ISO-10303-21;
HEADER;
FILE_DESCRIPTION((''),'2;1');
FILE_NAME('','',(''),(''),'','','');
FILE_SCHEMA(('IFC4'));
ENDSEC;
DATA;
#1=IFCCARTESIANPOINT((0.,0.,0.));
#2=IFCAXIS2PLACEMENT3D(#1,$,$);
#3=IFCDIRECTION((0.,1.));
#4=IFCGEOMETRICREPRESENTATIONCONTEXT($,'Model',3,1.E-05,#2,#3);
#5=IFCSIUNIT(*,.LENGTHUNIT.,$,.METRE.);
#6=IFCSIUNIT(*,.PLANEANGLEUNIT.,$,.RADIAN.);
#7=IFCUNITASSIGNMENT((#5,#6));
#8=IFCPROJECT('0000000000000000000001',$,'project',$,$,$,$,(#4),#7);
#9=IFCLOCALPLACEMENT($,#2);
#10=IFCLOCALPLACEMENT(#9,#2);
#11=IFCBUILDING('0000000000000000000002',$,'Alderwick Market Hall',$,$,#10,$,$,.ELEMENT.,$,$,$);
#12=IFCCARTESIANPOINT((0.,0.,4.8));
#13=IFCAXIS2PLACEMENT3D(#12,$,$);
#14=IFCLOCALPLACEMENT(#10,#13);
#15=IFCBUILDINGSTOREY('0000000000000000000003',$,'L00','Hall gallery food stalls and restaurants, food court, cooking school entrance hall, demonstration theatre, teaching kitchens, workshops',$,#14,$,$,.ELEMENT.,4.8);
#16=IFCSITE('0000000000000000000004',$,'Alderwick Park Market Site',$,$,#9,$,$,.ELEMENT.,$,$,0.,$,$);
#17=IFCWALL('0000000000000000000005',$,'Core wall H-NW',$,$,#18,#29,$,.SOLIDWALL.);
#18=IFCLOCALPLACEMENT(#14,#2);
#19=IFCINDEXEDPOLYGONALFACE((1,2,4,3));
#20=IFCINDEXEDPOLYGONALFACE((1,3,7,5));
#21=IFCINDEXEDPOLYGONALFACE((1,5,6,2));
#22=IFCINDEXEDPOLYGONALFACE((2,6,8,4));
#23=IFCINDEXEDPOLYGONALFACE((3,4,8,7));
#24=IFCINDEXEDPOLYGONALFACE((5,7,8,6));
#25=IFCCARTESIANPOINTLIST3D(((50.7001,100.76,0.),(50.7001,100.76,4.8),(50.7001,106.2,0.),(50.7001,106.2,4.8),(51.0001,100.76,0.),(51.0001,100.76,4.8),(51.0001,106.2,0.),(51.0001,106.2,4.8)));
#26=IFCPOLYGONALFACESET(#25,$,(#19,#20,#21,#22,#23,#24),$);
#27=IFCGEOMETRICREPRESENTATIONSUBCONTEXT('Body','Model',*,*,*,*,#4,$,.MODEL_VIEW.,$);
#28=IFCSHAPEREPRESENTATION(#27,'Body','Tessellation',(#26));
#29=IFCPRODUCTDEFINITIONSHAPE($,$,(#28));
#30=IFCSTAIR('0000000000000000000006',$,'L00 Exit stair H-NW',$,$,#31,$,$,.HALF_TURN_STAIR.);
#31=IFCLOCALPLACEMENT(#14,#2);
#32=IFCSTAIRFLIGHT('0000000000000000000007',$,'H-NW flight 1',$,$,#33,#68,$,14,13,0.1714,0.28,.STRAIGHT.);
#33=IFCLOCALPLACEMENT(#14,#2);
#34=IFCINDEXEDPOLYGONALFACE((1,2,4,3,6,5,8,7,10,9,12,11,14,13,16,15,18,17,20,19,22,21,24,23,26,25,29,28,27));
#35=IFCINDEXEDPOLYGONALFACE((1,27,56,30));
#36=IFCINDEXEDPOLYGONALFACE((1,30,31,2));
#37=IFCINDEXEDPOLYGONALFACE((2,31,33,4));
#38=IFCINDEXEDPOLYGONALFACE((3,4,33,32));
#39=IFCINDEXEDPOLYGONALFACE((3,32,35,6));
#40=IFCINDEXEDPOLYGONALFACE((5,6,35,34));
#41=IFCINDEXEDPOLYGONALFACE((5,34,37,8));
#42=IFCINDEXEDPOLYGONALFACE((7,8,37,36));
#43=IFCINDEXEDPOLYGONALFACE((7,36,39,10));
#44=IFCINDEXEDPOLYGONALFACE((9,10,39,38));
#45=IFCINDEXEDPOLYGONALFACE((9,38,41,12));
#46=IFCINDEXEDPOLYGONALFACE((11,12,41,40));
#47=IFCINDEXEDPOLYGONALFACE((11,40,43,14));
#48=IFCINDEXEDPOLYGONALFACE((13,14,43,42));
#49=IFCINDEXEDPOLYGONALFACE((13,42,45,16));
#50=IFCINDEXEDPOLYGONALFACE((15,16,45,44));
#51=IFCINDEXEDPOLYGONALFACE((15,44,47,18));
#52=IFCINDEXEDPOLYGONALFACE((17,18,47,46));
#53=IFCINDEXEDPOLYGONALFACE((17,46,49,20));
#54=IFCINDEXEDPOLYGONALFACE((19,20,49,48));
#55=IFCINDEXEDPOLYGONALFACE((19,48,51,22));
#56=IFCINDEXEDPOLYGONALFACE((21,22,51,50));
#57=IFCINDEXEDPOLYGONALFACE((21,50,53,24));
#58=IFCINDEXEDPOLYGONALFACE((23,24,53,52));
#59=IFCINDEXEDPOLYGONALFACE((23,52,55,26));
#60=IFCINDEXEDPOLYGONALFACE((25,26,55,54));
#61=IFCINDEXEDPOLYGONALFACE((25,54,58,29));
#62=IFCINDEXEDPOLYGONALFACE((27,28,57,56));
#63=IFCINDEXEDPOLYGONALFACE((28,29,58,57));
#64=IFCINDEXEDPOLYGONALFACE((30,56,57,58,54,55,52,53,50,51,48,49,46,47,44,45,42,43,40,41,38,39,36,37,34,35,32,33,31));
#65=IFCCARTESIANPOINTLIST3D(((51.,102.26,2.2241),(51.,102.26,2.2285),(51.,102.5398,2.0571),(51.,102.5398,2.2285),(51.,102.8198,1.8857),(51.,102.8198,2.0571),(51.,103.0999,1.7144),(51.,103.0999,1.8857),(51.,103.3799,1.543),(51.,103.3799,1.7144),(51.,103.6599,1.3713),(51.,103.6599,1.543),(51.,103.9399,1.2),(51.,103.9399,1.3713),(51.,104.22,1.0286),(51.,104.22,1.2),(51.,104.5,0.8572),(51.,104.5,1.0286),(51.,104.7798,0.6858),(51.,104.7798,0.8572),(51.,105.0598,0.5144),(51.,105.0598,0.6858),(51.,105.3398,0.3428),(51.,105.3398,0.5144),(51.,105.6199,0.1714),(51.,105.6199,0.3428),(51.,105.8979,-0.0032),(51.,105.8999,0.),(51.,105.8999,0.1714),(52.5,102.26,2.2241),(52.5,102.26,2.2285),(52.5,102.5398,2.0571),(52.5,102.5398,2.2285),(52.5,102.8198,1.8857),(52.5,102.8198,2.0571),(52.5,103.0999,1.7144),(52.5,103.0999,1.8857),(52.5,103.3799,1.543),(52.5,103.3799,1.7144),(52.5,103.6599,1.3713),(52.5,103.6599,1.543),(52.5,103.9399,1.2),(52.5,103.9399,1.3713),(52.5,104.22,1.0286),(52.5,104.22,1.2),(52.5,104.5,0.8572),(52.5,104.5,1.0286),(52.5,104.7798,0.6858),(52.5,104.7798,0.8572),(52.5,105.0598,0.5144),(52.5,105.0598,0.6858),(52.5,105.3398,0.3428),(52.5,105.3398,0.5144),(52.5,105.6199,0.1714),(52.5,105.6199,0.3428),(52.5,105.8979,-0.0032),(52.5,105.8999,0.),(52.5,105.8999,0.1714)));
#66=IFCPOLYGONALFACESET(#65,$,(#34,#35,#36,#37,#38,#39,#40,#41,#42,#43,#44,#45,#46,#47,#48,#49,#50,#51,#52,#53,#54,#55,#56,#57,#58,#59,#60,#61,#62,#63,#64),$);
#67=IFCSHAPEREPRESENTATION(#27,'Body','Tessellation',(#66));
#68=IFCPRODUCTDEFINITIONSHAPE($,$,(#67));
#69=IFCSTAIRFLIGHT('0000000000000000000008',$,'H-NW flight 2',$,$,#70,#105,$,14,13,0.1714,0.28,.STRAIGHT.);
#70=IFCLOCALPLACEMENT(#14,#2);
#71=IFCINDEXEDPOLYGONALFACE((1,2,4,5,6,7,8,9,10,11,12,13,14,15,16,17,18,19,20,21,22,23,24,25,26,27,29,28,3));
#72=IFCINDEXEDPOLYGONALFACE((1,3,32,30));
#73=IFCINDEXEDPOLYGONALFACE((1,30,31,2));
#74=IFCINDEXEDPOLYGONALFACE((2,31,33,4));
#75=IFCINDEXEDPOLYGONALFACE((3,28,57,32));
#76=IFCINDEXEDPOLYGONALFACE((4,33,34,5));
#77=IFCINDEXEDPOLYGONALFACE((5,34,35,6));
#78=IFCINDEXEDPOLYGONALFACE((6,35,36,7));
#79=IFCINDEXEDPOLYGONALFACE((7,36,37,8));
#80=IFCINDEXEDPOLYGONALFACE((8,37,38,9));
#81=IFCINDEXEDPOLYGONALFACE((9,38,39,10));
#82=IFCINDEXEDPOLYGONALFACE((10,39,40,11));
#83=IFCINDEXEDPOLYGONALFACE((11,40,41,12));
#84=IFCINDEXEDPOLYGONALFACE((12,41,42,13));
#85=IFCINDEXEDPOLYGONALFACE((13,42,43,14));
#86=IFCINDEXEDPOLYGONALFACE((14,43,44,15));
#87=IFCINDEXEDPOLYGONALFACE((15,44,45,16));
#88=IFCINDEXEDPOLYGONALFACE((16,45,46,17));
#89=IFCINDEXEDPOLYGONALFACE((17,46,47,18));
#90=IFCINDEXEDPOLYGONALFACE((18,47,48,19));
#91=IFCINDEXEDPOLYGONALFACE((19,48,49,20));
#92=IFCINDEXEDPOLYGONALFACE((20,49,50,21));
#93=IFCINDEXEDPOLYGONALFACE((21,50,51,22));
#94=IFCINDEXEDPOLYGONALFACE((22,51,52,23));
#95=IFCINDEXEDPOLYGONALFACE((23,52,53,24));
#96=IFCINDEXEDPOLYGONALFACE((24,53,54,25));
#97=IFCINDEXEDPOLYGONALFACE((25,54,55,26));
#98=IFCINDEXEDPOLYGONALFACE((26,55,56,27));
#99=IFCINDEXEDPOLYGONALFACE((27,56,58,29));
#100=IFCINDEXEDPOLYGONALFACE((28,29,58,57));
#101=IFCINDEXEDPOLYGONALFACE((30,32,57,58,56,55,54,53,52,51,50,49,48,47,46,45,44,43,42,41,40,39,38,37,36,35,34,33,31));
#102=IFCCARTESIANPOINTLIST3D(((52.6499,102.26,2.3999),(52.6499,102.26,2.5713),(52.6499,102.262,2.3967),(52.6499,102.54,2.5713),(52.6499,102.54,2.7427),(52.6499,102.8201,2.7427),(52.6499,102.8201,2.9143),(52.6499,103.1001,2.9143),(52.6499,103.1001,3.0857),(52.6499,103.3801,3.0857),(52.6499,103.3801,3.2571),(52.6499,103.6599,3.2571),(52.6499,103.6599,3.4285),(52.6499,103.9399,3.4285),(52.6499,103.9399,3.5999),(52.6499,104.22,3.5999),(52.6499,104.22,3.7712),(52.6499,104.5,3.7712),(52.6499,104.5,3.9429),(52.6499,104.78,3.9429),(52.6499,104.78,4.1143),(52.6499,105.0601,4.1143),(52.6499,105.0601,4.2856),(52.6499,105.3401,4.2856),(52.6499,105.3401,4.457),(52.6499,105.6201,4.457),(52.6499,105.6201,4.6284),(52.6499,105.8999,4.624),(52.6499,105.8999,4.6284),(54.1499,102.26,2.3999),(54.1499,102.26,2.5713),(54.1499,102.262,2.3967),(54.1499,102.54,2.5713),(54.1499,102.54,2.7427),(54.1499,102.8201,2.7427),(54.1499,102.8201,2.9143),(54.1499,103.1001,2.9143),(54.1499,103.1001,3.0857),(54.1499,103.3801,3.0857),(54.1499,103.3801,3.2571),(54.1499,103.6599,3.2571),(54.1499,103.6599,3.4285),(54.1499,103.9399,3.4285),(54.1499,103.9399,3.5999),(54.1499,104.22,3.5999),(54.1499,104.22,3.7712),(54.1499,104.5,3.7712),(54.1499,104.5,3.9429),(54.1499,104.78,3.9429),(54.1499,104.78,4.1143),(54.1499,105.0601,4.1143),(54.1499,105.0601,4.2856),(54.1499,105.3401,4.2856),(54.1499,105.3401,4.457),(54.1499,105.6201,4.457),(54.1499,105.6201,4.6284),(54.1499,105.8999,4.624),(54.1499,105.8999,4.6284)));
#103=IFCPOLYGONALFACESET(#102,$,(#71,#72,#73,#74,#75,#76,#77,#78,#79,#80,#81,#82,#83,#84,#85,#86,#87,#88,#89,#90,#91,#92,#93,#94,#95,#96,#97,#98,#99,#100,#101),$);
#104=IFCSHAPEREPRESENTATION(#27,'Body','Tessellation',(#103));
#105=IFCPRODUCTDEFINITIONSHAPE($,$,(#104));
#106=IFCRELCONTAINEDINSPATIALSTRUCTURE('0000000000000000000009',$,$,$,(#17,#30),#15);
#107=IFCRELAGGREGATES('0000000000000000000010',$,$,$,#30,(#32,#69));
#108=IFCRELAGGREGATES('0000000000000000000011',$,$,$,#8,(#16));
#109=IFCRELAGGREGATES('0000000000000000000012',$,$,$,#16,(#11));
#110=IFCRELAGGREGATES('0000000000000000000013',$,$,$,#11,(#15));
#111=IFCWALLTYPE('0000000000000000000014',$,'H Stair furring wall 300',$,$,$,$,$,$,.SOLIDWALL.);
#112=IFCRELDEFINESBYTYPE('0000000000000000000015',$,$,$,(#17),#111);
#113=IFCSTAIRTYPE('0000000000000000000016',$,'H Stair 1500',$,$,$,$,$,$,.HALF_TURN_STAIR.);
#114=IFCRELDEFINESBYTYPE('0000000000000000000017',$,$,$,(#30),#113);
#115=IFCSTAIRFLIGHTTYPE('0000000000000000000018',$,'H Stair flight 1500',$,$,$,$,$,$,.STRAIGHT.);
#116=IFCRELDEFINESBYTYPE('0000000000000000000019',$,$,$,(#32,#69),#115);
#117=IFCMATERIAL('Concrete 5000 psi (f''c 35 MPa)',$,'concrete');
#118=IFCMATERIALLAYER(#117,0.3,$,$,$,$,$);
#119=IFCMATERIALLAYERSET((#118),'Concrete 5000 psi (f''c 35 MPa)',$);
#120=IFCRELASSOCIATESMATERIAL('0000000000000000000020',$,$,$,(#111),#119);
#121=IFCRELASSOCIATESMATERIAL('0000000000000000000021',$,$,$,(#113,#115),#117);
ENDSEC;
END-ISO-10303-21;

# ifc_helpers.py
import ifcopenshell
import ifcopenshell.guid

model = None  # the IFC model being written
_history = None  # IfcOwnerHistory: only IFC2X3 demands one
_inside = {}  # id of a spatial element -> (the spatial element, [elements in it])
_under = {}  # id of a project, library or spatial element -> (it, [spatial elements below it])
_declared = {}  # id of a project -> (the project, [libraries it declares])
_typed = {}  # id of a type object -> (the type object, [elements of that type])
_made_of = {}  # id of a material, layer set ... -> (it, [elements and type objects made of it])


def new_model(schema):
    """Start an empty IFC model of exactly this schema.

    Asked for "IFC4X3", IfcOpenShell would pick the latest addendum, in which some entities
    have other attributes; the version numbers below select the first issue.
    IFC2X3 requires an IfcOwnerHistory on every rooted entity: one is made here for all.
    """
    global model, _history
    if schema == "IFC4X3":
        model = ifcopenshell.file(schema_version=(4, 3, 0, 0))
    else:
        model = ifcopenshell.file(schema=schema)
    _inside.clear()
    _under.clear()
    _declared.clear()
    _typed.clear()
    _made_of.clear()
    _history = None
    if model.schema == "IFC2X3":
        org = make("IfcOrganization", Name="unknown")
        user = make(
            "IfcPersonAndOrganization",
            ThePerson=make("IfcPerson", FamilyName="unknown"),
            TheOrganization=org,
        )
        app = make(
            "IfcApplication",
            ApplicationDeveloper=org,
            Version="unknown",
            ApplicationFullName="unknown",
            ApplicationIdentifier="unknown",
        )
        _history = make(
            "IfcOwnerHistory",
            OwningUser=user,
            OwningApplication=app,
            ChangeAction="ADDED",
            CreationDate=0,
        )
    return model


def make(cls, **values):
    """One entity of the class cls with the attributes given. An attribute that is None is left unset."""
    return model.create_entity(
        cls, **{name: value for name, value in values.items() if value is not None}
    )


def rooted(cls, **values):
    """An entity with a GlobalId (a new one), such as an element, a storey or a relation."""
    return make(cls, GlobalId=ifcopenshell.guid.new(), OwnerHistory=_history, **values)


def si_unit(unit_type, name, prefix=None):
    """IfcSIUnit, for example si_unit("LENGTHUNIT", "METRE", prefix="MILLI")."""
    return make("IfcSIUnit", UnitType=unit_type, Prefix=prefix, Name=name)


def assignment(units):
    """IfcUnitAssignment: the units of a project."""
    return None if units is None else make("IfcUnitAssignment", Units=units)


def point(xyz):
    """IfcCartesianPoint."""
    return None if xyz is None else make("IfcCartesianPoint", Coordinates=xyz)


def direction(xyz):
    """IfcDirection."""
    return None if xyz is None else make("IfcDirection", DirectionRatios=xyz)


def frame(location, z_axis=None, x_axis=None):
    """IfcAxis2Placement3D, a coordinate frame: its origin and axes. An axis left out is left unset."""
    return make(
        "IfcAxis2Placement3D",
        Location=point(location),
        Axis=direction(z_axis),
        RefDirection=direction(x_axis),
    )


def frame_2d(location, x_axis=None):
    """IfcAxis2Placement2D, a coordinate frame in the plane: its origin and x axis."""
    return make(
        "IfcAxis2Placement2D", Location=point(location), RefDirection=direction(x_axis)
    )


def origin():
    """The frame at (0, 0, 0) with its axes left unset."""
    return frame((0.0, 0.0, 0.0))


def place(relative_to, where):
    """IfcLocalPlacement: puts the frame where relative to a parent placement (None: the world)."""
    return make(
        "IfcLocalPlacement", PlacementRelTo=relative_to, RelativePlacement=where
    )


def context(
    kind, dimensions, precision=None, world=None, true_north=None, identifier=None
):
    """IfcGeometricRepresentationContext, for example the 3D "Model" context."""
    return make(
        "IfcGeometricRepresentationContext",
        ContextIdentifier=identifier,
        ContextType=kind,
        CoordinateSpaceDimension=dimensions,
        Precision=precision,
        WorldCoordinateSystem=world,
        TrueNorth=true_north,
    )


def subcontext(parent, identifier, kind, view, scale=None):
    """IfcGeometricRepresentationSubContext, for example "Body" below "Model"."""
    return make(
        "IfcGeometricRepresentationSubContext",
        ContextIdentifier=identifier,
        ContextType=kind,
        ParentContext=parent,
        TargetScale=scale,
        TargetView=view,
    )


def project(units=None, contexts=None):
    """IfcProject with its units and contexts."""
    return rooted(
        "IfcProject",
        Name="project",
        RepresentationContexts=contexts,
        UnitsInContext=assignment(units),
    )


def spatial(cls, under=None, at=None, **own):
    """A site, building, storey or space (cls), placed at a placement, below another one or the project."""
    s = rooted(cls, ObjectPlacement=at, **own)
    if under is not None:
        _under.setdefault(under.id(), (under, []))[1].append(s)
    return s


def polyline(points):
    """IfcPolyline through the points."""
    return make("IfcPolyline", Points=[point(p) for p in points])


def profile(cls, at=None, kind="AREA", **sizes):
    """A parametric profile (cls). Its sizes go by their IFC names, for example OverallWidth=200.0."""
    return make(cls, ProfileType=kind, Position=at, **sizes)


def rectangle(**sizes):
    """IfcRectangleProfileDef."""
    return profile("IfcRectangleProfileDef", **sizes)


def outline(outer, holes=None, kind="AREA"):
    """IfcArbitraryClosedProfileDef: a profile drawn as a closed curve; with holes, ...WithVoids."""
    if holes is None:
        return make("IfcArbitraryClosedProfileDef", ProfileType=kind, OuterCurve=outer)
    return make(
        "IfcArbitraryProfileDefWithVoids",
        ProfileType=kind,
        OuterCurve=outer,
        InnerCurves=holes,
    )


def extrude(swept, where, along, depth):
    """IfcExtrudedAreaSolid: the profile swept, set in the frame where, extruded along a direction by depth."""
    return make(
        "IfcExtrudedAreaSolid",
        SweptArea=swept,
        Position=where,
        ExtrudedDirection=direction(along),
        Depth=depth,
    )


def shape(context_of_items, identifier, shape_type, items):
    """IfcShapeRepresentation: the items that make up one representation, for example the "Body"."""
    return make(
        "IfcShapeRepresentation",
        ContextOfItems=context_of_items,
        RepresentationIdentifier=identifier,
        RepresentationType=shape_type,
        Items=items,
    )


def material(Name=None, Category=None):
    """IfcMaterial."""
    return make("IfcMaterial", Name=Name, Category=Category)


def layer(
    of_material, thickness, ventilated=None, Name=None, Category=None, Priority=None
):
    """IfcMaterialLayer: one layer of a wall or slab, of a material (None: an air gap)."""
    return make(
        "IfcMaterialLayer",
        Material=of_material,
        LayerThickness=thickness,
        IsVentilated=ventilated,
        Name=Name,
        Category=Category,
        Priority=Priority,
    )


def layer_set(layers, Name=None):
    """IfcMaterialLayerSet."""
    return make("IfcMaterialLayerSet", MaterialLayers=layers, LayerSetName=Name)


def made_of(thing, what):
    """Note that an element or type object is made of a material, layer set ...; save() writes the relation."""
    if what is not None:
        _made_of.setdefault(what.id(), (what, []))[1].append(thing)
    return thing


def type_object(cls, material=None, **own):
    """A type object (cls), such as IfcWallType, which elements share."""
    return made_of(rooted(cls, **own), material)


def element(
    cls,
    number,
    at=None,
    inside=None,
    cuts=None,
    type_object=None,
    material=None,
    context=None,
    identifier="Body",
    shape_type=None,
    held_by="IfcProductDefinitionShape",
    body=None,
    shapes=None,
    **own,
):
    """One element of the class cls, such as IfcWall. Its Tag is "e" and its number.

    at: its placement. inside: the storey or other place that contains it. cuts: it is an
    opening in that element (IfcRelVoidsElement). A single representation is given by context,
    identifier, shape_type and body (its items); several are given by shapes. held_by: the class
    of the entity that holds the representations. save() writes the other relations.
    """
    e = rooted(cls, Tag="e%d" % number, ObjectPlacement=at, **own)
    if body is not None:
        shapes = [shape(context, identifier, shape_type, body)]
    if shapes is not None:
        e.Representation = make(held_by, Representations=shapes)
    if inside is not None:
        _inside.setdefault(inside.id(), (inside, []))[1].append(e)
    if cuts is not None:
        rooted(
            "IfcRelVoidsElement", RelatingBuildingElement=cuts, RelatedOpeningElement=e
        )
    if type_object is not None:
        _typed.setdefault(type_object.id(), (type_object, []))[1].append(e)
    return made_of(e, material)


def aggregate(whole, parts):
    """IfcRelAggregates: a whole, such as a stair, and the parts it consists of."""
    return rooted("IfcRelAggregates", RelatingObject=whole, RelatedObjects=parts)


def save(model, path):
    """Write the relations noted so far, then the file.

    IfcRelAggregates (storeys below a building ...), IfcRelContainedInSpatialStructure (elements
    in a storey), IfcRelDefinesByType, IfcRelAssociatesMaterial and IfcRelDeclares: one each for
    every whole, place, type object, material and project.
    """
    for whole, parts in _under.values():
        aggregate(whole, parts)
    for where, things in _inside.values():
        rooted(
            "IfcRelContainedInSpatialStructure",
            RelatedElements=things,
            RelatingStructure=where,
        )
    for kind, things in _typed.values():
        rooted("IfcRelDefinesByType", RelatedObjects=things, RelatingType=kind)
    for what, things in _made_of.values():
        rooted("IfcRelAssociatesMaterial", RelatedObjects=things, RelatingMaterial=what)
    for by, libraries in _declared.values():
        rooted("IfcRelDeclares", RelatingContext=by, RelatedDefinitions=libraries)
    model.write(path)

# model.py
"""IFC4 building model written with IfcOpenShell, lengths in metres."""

from ifc_helpers import new_model, si_unit, direction, frame, frame_2d, origin, place, context, subcontext, project, spatial, polyline, rectangle, outline, extrude, material, layer, layer_set, type_object, element, aggregate, save


model = new_model("IFC4")

# Units and contexts
model_context = context("Model", 3, precision=1e-05, world=origin(), true_north=direction((0.0, 1.0)))
body_context = subcontext(model_context, "Body", "Model", "MODEL_VIEW")
ifc_project = project(units=[si_unit("LENGTHUNIT", "METRE"), si_unit("PLANEANGLEUNIT", "RADIAN")], contexts=[model_context])

# Site, building, storey
site_placement = place(None, origin())
site = spatial("IfcSite", under=ifc_project, at=site_placement, Name="Alderwick Park Market Site", CompositionType="ELEMENT", RefElevation=0.0)
building_placement = place(site_placement, origin())
building = spatial("IfcBuilding", under=site, at=building_placement, Name="Alderwick Market Hall", CompositionType="ELEMENT")
storey_placement = place(building_placement, frame((0.0, 0.0, 4.8)))
storey = spatial("IfcBuildingStorey", under=building, at=storey_placement, Name="L00", Description="Hall gallery food stalls and restaurants, food court, cooking school entrance hall, demonstration theatre, teaching kitchens, workshops", CompositionType="ELEMENT", Elevation=4.8)

# Shared definitions
ifc_material_1 = material(Name="Concrete 5000 psi (f'c 35 MPa)", Category="concrete")

# Wall
ifc_layer_1 = layer(ifc_material_1, 0.3)
ifc_layer_set_1 = layer_set([ifc_layer_1], Name="Concrete 5000 psi (f'c 35 MPa)")
wall_type_1 = type_object("IfcWallType", Name="H Stair furring wall 300", PredefinedType="SOLIDWALL", material=ifc_layer_set_1)
wall_1_placement = place(storey_placement, frame((50.8501, 100.76, 0.0), z_axis=(0.0, 0.0, 1.0), x_axis=(0.0, 1.0, 0.0)))
element("IfcWall", 1, at=wall_1_placement, inside=storey, type_object=wall_type_1, Name="Core wall H-NW", PredefinedType="SOLIDWALL", context=body_context, shape_type="SweptSolid", body=[
    extrude(rectangle(XDim=5.4399, YDim=0.3, at=frame_2d((2.72, 0.0))), origin(), (0.0, 0.0, 1.0), 4.8),
])

# Stair, stair flights
stair_type = type_object("IfcStairType", Name="H Stair 1500", PredefinedType="HALF_TURN_STAIR", material=ifc_material_1)
stair_placement = place(storey_placement, origin())
stair = element("IfcStair", 2, at=stair_placement, inside=storey, type_object=stair_type, Name="L00 Exit stair H-NW", PredefinedType="HALF_TURN_STAIR")
stair_flight_type = type_object("IfcStairFlightType", Name="H Stair flight 1500", PredefinedType="STRAIGHT", material=ifc_material_1)
stair_flight_1_placement = place(storey_placement, frame((51.75, 105.8999, 0.0), z_axis=(0.0, 0.0, 1.0), x_axis=(0.0, -1.0, 0.0)))
stair_flight_1 = element("IfcStairFlight", 3, at=stair_flight_1_placement, type_object=stair_flight_type, Name="H-NW flight 1", NumberOfRisers=14, NumberOfTreads=13, PredefinedType="STRAIGHT", RiserHeight=0.1714, TreadLength=0.28, context=body_context, shape_type="SweptSolid", body=[
    extrude(outline(polyline([(0.002, -0.0032), (0.0, 0.0), (0.0, 0.1714), (0.28, 0.1714), (0.28, 0.3428), (0.5601, 0.3428), (0.5601, 0.5144), (0.8401, 0.5144), (0.8401, 0.6858), (1.1201, 0.6858), (1.1201, 0.8572), (1.3999, 0.8572), (1.3999, 1.0286), (1.6799, 1.0286), (1.6799, 1.2), (1.96, 1.2), (1.96, 1.3713), (2.24, 1.3713), (2.24, 1.543), (2.52, 1.543), (2.52, 1.7144), (2.8, 1.7144), (2.8, 1.8857), (3.0801, 1.8857), (3.0801, 2.0571), (3.3601, 2.0571), (3.3601, 2.2285), (3.6399, 2.2285), (3.6399, 2.2241), (0.002, -0.0032)])), frame((0.0, 0.75, 0.0), z_axis=(0.0, -1.0, 0.0), x_axis=(1.0, 0.0, 0.0)), (0.0, 0.0, 1.0), 1.5),
])
stair_flight_2_placement = place(storey_placement, frame((53.3999, 102.26, 2.3999), z_axis=(0.0, 0.0, 1.0), x_axis=(0.0, 1.0, 0.0)))
stair_flight_2 = element("IfcStairFlight", 4, at=stair_flight_2_placement, type_object=stair_flight_type, Name="H-NW flight 2", NumberOfRisers=14, NumberOfTreads=13, PredefinedType="STRAIGHT", RiserHeight=0.1714, TreadLength=0.28, context=body_context, shape_type="SweptSolid", body=[
    extrude(outline(polyline([(0.002, -0.0032), (0.0, 0.0), (0.0, 0.1714), (0.28, 0.1714), (0.28, 0.3428), (0.5601, 0.3428), (0.5601, 0.5144), (0.8401, 0.5144), (0.8401, 0.6858), (1.1201, 0.6858), (1.1201, 0.8572), (1.3999, 0.8572), (1.3999, 1.0286), (1.6799, 1.0286), (1.6799, 1.2), (1.96, 1.2), (1.96, 1.3713), (2.24, 1.3713), (2.24, 1.543), (2.52, 1.543), (2.52, 1.7144), (2.8, 1.7144), (2.8, 1.8857), (3.0801, 1.8857), (3.0801, 2.0571), (3.3601, 2.0571), (3.3601, 2.2285), (3.6399, 2.2285), (3.6399, 2.2241), (0.002, -0.0032)])), frame((0.0, 0.75, 0.0), z_axis=(0.0, -1.0, 0.0), x_axis=(1.0, 0.0, 0.0)), (0.0, 0.0, 1.0), 1.5),
])
aggregate(stair, [stair_flight_1, stair_flight_2])

save(model, "model.ifc")
